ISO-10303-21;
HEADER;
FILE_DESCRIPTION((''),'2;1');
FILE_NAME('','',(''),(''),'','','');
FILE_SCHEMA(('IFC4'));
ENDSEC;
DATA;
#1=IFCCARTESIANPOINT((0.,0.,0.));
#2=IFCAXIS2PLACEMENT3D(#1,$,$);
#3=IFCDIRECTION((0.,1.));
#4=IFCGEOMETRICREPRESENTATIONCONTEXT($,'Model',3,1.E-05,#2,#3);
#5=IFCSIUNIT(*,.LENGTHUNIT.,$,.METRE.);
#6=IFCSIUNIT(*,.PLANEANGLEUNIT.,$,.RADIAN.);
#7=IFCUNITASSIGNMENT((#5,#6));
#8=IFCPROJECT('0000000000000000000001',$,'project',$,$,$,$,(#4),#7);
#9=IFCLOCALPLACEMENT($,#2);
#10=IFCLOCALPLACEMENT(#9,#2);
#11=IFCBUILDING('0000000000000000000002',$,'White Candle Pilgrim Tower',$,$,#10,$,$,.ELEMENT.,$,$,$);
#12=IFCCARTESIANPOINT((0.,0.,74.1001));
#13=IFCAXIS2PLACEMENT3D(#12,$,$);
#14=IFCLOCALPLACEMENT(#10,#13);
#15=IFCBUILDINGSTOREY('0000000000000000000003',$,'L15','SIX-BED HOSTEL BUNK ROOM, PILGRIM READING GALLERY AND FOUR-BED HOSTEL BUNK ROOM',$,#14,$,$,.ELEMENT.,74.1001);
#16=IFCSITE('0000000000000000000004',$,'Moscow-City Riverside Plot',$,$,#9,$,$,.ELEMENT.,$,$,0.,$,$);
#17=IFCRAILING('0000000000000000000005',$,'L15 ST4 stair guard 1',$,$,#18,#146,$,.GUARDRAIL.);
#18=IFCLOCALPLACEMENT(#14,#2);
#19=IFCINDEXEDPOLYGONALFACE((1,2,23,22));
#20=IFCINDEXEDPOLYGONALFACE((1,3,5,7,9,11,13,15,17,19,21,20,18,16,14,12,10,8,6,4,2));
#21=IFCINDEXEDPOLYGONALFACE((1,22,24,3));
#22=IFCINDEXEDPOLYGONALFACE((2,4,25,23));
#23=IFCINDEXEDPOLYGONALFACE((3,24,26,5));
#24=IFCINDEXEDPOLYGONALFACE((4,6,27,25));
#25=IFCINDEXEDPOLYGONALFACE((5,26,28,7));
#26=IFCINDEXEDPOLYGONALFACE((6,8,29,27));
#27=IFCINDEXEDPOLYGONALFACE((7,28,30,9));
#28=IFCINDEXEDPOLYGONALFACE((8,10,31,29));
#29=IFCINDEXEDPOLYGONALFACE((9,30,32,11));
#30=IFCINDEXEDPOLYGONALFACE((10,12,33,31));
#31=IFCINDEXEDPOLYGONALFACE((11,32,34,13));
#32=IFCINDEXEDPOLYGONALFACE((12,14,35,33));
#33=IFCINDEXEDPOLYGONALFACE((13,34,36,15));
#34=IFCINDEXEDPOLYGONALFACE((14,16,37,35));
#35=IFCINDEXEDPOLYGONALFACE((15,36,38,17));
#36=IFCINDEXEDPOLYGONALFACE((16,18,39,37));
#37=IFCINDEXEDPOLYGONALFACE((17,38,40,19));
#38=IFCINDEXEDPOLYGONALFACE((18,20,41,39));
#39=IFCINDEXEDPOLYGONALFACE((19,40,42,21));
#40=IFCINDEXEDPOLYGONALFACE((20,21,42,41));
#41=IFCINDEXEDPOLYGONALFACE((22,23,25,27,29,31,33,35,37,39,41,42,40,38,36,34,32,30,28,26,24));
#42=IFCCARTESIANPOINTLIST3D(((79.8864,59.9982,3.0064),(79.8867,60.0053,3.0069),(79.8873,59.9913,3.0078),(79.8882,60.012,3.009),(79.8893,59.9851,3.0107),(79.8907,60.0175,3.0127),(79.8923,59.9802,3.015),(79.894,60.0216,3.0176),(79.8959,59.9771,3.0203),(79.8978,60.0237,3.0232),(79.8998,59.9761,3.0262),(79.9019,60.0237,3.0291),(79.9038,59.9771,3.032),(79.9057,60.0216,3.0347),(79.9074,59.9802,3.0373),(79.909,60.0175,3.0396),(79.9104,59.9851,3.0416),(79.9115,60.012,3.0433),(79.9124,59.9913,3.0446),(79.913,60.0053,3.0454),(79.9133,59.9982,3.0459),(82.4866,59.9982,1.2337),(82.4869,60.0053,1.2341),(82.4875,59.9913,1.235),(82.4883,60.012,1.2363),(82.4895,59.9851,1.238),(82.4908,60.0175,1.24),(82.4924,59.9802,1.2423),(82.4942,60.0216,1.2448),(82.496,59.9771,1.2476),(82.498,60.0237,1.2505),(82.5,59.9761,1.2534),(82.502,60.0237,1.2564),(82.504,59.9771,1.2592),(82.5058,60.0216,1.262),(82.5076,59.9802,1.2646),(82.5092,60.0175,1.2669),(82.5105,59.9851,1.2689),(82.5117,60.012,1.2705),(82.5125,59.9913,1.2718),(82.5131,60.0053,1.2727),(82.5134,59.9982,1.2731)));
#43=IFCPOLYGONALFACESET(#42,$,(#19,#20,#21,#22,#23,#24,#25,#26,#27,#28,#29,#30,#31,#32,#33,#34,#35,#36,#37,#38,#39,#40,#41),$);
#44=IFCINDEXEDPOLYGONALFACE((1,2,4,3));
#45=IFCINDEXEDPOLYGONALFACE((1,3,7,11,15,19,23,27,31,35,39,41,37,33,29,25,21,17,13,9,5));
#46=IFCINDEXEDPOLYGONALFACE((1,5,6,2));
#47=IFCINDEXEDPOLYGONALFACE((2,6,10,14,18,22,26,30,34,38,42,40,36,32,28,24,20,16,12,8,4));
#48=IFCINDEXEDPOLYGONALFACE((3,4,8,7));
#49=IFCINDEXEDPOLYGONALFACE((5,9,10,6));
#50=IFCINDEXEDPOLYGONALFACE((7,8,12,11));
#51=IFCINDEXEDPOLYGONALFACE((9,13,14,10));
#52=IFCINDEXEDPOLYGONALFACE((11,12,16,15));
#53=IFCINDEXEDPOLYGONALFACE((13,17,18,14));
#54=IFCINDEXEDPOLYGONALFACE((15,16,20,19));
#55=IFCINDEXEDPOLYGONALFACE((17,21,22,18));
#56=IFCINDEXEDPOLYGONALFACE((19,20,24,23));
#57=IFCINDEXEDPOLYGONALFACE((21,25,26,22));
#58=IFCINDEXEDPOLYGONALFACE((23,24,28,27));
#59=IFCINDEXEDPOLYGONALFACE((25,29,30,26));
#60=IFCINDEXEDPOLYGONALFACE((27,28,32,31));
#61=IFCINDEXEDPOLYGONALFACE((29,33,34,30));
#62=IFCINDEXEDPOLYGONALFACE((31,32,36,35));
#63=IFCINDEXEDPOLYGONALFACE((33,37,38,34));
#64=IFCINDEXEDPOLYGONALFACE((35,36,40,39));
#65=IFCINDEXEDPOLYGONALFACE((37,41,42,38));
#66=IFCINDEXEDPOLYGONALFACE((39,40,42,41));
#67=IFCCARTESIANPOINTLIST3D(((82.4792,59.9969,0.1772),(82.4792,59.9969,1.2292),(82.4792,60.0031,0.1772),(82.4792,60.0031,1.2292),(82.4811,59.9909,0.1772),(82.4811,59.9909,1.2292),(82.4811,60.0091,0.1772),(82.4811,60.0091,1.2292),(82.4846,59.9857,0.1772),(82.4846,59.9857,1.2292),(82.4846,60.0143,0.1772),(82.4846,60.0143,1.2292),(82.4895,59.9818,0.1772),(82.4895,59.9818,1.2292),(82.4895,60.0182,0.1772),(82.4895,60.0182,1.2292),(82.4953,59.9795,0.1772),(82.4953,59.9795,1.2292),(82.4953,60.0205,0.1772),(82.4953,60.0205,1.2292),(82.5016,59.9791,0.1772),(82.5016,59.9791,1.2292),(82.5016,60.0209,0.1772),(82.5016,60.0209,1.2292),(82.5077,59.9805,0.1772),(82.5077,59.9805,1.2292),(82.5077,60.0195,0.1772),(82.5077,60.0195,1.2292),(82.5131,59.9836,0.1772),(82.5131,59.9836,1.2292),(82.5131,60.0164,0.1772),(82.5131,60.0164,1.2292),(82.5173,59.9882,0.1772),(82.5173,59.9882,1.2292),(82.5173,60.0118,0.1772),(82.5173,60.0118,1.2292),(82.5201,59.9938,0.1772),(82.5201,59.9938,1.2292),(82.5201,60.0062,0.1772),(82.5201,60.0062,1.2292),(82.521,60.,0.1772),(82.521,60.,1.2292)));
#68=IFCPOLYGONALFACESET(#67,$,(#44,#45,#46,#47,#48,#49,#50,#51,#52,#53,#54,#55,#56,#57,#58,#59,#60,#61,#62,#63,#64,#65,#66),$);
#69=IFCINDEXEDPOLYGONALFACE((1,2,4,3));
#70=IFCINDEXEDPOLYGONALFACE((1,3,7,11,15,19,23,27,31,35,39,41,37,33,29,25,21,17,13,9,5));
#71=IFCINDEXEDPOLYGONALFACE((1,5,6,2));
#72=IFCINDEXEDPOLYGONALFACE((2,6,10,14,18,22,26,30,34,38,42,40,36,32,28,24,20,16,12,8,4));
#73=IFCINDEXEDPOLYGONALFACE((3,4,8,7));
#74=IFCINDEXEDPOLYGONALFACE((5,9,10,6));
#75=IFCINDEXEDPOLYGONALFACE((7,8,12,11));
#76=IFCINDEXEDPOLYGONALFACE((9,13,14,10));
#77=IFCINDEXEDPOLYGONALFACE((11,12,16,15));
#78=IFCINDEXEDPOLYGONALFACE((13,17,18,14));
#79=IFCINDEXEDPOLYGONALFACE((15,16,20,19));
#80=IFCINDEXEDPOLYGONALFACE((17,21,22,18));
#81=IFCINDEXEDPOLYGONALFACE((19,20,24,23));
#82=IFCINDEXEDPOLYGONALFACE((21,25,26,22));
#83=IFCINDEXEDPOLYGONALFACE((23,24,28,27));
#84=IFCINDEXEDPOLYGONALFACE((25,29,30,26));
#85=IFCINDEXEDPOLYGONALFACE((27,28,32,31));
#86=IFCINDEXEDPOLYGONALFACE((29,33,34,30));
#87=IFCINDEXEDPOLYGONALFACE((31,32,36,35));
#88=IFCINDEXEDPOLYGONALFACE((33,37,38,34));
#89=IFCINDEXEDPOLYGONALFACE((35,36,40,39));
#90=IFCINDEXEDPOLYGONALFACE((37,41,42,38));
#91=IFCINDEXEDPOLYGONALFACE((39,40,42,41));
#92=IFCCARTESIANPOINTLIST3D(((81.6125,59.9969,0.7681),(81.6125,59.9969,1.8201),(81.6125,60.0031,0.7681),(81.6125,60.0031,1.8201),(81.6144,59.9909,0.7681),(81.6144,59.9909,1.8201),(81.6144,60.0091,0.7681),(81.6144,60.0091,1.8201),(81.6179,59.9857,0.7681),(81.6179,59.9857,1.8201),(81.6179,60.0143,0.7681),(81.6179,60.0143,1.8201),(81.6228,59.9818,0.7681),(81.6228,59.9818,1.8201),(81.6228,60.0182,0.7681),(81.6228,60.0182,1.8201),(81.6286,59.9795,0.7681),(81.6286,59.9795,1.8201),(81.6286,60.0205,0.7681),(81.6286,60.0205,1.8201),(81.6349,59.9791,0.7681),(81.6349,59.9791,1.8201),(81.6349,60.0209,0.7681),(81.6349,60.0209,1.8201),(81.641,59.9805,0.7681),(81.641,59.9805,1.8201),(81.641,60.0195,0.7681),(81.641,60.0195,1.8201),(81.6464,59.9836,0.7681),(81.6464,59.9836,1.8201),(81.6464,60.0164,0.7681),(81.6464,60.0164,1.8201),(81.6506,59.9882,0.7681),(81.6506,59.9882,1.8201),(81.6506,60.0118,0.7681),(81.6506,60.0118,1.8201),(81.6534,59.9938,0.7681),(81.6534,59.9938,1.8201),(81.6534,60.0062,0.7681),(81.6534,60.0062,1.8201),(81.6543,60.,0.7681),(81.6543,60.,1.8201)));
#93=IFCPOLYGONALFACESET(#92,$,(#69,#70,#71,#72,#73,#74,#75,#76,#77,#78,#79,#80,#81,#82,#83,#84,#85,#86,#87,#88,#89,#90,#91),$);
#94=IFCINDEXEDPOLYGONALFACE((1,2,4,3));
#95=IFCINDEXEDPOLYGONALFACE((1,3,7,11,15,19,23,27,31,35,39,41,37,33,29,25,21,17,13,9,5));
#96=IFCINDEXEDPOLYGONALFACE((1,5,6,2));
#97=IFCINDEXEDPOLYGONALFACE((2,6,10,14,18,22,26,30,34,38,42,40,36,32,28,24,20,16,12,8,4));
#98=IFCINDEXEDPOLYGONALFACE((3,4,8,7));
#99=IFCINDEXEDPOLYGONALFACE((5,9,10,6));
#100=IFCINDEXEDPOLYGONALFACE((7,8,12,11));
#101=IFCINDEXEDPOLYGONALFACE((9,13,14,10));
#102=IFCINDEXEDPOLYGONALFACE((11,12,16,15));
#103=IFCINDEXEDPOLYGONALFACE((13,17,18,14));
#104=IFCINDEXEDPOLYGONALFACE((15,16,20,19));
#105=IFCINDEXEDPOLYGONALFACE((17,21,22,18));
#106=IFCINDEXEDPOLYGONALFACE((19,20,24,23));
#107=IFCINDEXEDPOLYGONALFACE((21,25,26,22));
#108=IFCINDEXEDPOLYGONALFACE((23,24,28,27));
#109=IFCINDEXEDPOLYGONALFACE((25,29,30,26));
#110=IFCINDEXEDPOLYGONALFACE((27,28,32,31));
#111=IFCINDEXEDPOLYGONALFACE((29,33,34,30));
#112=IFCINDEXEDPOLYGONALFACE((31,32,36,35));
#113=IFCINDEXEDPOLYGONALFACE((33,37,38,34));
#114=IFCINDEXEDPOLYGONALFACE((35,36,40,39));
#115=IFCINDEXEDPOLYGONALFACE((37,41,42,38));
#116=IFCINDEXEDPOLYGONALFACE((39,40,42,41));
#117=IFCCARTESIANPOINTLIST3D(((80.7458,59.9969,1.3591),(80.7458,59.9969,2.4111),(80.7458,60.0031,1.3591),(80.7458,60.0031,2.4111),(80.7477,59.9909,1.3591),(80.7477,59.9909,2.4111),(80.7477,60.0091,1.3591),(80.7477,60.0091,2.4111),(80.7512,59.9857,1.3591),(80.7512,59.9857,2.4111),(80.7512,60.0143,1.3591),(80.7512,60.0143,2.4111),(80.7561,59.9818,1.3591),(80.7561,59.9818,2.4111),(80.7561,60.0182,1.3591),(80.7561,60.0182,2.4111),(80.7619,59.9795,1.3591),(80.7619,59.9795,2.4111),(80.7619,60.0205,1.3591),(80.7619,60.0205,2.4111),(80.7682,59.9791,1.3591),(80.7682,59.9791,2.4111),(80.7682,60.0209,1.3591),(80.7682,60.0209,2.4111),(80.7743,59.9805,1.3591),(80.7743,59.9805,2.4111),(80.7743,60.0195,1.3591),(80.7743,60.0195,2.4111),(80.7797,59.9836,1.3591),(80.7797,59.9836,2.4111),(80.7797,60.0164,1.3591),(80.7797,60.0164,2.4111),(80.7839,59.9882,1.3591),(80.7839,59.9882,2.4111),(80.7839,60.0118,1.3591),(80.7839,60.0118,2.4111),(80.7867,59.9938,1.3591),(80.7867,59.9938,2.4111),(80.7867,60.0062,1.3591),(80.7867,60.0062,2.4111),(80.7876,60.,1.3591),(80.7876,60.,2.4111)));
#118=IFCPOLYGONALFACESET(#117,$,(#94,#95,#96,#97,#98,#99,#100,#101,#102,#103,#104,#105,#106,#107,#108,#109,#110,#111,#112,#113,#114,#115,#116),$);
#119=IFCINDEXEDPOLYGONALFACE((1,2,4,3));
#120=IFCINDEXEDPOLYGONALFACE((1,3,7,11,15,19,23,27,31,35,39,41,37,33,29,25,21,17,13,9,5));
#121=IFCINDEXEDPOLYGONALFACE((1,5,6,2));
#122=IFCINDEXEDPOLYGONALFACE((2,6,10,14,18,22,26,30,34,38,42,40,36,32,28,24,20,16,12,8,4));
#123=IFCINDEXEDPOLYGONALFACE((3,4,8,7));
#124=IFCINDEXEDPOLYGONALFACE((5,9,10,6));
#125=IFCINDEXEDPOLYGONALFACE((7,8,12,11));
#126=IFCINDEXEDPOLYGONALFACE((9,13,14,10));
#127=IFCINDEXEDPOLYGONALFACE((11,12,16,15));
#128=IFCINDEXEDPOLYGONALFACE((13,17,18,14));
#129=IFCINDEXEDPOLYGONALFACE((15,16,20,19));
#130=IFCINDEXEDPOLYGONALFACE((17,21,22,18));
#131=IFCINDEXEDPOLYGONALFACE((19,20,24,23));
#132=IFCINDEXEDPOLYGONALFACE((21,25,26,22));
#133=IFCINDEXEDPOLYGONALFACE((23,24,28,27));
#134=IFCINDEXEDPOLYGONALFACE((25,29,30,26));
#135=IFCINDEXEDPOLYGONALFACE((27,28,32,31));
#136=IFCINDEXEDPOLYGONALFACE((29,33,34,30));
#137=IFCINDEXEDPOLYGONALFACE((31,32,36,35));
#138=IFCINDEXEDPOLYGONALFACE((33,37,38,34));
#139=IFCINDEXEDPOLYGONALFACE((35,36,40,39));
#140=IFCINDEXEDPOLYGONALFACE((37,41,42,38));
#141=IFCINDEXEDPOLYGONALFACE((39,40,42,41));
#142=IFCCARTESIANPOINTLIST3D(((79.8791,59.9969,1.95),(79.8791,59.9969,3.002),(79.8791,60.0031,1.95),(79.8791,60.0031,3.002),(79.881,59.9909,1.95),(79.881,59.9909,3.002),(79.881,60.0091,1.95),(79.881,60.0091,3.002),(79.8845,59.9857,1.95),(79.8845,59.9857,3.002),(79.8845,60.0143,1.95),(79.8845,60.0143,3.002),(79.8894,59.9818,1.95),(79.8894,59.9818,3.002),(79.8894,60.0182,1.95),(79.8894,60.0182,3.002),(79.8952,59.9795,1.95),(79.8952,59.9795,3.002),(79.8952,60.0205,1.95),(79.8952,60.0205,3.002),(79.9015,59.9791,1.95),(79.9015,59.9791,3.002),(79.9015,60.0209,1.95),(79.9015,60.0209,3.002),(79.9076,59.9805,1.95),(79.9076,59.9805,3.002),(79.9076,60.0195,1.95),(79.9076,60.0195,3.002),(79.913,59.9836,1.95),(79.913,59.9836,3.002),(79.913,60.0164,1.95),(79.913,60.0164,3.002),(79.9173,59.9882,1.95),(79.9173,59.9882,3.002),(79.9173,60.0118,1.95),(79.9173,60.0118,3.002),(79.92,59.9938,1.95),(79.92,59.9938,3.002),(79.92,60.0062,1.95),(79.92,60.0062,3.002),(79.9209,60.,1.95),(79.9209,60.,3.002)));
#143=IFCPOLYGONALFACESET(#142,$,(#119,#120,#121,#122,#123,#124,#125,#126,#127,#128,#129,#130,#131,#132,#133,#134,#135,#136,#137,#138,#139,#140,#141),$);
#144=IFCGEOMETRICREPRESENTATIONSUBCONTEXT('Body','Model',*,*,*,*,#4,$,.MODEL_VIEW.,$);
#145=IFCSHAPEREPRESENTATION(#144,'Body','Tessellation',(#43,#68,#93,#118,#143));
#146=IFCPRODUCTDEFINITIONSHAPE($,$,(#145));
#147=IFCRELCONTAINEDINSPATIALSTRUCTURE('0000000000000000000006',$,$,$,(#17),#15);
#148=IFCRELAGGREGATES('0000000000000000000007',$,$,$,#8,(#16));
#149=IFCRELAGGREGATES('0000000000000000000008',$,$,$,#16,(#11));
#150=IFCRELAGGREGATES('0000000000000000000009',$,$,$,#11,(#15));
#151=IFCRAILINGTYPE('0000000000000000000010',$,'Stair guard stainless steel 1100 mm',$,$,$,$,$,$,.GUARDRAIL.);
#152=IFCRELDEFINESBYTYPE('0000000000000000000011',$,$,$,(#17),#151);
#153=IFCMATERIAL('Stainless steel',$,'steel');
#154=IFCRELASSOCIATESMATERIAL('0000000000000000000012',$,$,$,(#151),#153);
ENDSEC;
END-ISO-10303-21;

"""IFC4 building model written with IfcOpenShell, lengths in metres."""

from ifc_helpers import new_model, si_unit, direction, frame, origin, origin_2d, place, context, subcontext, project, spatial, circle, extrude, material, type_object, element, save


model = new_model("IFC4")

# Units and contexts
model_context = context("Model", 3, precision=1e-05, world=origin(), true_north=direction((0.0, 1.0)))
body_context = subcontext(model_context, "Body", "Model", "MODEL_VIEW")
ifc_project = project(units=[si_unit("LENGTHUNIT", "METRE"), si_unit("PLANEANGLEUNIT", "RADIAN")], contexts=[model_context])

# Site, building, storey
site_placement = place(None, origin())
site = spatial("IfcSite", under=ifc_project, at=site_placement, Name="Moscow-City Riverside Plot", CompositionType="ELEMENT", RefElevation=0.0)
building_placement = place(site_placement, origin())
building = spatial("IfcBuilding", under=site, at=building_placement, Name="White Candle Pilgrim Tower", CompositionType="ELEMENT")
storey_placement = place(building_placement, frame((0.0, 0.0, 74.1001)))
storey = spatial("IfcBuildingStorey", under=building, at=storey_placement, Name="L15", Description="SIX-BED HOSTEL BUNK ROOM, PILGRIM READING GALLERY AND FOUR-BED HOSTEL BUNK ROOM", CompositionType="ELEMENT", Elevation=74.1001)

# Railing
ifc_material_1 = material(Name="Stainless steel", Category="steel")
railing_type_1 = type_object("IfcRailingType", Name="Stair guard stainless steel 1100 mm", PredefinedType="GUARDRAIL", material=ifc_material_1)
railing_1_placement = place(storey_placement, frame((82.5, 60.0, 0.1772)))
element("IfcRailing", 1, at=railing_1_placement, inside=storey, type_object=railing_type_1, Name="L15 ST4 stair guard 1", PredefinedType="GUARDRAIL", context=body_context, shape_type="SweptSolid", body=[
    extrude(circle(Radius=0.0239, at=origin_2d()), frame((0.0, 0.0, 1.0762), z_axis=(-0.82624, 0.0, 0.563318), x_axis=(0.0, -1.0, 0.0)), (0.0, 0.0, 1.0), 3.147),
    extrude(circle(Radius=0.021, at=origin_2d()), origin(), (0.0, 0.0, 1.0), 1.052),
    extrude(circle(Radius=0.021, at=origin_2d()), frame((-0.8667, 0.0, 0.5908)), (0.0, 0.0, 1.0), 1.052),
    extrude(circle(Radius=0.021, at=origin_2d()), frame((-1.7334, 0.0, 1.1819)), (0.0, 0.0, 1.0), 1.052),
    extrude(circle(Radius=0.021, at=origin_2d()), frame((-2.6001, 0.0, 1.7727)), (0.0, 0.0, 1.0), 1.052),
])

save(model, "model.ifc")
